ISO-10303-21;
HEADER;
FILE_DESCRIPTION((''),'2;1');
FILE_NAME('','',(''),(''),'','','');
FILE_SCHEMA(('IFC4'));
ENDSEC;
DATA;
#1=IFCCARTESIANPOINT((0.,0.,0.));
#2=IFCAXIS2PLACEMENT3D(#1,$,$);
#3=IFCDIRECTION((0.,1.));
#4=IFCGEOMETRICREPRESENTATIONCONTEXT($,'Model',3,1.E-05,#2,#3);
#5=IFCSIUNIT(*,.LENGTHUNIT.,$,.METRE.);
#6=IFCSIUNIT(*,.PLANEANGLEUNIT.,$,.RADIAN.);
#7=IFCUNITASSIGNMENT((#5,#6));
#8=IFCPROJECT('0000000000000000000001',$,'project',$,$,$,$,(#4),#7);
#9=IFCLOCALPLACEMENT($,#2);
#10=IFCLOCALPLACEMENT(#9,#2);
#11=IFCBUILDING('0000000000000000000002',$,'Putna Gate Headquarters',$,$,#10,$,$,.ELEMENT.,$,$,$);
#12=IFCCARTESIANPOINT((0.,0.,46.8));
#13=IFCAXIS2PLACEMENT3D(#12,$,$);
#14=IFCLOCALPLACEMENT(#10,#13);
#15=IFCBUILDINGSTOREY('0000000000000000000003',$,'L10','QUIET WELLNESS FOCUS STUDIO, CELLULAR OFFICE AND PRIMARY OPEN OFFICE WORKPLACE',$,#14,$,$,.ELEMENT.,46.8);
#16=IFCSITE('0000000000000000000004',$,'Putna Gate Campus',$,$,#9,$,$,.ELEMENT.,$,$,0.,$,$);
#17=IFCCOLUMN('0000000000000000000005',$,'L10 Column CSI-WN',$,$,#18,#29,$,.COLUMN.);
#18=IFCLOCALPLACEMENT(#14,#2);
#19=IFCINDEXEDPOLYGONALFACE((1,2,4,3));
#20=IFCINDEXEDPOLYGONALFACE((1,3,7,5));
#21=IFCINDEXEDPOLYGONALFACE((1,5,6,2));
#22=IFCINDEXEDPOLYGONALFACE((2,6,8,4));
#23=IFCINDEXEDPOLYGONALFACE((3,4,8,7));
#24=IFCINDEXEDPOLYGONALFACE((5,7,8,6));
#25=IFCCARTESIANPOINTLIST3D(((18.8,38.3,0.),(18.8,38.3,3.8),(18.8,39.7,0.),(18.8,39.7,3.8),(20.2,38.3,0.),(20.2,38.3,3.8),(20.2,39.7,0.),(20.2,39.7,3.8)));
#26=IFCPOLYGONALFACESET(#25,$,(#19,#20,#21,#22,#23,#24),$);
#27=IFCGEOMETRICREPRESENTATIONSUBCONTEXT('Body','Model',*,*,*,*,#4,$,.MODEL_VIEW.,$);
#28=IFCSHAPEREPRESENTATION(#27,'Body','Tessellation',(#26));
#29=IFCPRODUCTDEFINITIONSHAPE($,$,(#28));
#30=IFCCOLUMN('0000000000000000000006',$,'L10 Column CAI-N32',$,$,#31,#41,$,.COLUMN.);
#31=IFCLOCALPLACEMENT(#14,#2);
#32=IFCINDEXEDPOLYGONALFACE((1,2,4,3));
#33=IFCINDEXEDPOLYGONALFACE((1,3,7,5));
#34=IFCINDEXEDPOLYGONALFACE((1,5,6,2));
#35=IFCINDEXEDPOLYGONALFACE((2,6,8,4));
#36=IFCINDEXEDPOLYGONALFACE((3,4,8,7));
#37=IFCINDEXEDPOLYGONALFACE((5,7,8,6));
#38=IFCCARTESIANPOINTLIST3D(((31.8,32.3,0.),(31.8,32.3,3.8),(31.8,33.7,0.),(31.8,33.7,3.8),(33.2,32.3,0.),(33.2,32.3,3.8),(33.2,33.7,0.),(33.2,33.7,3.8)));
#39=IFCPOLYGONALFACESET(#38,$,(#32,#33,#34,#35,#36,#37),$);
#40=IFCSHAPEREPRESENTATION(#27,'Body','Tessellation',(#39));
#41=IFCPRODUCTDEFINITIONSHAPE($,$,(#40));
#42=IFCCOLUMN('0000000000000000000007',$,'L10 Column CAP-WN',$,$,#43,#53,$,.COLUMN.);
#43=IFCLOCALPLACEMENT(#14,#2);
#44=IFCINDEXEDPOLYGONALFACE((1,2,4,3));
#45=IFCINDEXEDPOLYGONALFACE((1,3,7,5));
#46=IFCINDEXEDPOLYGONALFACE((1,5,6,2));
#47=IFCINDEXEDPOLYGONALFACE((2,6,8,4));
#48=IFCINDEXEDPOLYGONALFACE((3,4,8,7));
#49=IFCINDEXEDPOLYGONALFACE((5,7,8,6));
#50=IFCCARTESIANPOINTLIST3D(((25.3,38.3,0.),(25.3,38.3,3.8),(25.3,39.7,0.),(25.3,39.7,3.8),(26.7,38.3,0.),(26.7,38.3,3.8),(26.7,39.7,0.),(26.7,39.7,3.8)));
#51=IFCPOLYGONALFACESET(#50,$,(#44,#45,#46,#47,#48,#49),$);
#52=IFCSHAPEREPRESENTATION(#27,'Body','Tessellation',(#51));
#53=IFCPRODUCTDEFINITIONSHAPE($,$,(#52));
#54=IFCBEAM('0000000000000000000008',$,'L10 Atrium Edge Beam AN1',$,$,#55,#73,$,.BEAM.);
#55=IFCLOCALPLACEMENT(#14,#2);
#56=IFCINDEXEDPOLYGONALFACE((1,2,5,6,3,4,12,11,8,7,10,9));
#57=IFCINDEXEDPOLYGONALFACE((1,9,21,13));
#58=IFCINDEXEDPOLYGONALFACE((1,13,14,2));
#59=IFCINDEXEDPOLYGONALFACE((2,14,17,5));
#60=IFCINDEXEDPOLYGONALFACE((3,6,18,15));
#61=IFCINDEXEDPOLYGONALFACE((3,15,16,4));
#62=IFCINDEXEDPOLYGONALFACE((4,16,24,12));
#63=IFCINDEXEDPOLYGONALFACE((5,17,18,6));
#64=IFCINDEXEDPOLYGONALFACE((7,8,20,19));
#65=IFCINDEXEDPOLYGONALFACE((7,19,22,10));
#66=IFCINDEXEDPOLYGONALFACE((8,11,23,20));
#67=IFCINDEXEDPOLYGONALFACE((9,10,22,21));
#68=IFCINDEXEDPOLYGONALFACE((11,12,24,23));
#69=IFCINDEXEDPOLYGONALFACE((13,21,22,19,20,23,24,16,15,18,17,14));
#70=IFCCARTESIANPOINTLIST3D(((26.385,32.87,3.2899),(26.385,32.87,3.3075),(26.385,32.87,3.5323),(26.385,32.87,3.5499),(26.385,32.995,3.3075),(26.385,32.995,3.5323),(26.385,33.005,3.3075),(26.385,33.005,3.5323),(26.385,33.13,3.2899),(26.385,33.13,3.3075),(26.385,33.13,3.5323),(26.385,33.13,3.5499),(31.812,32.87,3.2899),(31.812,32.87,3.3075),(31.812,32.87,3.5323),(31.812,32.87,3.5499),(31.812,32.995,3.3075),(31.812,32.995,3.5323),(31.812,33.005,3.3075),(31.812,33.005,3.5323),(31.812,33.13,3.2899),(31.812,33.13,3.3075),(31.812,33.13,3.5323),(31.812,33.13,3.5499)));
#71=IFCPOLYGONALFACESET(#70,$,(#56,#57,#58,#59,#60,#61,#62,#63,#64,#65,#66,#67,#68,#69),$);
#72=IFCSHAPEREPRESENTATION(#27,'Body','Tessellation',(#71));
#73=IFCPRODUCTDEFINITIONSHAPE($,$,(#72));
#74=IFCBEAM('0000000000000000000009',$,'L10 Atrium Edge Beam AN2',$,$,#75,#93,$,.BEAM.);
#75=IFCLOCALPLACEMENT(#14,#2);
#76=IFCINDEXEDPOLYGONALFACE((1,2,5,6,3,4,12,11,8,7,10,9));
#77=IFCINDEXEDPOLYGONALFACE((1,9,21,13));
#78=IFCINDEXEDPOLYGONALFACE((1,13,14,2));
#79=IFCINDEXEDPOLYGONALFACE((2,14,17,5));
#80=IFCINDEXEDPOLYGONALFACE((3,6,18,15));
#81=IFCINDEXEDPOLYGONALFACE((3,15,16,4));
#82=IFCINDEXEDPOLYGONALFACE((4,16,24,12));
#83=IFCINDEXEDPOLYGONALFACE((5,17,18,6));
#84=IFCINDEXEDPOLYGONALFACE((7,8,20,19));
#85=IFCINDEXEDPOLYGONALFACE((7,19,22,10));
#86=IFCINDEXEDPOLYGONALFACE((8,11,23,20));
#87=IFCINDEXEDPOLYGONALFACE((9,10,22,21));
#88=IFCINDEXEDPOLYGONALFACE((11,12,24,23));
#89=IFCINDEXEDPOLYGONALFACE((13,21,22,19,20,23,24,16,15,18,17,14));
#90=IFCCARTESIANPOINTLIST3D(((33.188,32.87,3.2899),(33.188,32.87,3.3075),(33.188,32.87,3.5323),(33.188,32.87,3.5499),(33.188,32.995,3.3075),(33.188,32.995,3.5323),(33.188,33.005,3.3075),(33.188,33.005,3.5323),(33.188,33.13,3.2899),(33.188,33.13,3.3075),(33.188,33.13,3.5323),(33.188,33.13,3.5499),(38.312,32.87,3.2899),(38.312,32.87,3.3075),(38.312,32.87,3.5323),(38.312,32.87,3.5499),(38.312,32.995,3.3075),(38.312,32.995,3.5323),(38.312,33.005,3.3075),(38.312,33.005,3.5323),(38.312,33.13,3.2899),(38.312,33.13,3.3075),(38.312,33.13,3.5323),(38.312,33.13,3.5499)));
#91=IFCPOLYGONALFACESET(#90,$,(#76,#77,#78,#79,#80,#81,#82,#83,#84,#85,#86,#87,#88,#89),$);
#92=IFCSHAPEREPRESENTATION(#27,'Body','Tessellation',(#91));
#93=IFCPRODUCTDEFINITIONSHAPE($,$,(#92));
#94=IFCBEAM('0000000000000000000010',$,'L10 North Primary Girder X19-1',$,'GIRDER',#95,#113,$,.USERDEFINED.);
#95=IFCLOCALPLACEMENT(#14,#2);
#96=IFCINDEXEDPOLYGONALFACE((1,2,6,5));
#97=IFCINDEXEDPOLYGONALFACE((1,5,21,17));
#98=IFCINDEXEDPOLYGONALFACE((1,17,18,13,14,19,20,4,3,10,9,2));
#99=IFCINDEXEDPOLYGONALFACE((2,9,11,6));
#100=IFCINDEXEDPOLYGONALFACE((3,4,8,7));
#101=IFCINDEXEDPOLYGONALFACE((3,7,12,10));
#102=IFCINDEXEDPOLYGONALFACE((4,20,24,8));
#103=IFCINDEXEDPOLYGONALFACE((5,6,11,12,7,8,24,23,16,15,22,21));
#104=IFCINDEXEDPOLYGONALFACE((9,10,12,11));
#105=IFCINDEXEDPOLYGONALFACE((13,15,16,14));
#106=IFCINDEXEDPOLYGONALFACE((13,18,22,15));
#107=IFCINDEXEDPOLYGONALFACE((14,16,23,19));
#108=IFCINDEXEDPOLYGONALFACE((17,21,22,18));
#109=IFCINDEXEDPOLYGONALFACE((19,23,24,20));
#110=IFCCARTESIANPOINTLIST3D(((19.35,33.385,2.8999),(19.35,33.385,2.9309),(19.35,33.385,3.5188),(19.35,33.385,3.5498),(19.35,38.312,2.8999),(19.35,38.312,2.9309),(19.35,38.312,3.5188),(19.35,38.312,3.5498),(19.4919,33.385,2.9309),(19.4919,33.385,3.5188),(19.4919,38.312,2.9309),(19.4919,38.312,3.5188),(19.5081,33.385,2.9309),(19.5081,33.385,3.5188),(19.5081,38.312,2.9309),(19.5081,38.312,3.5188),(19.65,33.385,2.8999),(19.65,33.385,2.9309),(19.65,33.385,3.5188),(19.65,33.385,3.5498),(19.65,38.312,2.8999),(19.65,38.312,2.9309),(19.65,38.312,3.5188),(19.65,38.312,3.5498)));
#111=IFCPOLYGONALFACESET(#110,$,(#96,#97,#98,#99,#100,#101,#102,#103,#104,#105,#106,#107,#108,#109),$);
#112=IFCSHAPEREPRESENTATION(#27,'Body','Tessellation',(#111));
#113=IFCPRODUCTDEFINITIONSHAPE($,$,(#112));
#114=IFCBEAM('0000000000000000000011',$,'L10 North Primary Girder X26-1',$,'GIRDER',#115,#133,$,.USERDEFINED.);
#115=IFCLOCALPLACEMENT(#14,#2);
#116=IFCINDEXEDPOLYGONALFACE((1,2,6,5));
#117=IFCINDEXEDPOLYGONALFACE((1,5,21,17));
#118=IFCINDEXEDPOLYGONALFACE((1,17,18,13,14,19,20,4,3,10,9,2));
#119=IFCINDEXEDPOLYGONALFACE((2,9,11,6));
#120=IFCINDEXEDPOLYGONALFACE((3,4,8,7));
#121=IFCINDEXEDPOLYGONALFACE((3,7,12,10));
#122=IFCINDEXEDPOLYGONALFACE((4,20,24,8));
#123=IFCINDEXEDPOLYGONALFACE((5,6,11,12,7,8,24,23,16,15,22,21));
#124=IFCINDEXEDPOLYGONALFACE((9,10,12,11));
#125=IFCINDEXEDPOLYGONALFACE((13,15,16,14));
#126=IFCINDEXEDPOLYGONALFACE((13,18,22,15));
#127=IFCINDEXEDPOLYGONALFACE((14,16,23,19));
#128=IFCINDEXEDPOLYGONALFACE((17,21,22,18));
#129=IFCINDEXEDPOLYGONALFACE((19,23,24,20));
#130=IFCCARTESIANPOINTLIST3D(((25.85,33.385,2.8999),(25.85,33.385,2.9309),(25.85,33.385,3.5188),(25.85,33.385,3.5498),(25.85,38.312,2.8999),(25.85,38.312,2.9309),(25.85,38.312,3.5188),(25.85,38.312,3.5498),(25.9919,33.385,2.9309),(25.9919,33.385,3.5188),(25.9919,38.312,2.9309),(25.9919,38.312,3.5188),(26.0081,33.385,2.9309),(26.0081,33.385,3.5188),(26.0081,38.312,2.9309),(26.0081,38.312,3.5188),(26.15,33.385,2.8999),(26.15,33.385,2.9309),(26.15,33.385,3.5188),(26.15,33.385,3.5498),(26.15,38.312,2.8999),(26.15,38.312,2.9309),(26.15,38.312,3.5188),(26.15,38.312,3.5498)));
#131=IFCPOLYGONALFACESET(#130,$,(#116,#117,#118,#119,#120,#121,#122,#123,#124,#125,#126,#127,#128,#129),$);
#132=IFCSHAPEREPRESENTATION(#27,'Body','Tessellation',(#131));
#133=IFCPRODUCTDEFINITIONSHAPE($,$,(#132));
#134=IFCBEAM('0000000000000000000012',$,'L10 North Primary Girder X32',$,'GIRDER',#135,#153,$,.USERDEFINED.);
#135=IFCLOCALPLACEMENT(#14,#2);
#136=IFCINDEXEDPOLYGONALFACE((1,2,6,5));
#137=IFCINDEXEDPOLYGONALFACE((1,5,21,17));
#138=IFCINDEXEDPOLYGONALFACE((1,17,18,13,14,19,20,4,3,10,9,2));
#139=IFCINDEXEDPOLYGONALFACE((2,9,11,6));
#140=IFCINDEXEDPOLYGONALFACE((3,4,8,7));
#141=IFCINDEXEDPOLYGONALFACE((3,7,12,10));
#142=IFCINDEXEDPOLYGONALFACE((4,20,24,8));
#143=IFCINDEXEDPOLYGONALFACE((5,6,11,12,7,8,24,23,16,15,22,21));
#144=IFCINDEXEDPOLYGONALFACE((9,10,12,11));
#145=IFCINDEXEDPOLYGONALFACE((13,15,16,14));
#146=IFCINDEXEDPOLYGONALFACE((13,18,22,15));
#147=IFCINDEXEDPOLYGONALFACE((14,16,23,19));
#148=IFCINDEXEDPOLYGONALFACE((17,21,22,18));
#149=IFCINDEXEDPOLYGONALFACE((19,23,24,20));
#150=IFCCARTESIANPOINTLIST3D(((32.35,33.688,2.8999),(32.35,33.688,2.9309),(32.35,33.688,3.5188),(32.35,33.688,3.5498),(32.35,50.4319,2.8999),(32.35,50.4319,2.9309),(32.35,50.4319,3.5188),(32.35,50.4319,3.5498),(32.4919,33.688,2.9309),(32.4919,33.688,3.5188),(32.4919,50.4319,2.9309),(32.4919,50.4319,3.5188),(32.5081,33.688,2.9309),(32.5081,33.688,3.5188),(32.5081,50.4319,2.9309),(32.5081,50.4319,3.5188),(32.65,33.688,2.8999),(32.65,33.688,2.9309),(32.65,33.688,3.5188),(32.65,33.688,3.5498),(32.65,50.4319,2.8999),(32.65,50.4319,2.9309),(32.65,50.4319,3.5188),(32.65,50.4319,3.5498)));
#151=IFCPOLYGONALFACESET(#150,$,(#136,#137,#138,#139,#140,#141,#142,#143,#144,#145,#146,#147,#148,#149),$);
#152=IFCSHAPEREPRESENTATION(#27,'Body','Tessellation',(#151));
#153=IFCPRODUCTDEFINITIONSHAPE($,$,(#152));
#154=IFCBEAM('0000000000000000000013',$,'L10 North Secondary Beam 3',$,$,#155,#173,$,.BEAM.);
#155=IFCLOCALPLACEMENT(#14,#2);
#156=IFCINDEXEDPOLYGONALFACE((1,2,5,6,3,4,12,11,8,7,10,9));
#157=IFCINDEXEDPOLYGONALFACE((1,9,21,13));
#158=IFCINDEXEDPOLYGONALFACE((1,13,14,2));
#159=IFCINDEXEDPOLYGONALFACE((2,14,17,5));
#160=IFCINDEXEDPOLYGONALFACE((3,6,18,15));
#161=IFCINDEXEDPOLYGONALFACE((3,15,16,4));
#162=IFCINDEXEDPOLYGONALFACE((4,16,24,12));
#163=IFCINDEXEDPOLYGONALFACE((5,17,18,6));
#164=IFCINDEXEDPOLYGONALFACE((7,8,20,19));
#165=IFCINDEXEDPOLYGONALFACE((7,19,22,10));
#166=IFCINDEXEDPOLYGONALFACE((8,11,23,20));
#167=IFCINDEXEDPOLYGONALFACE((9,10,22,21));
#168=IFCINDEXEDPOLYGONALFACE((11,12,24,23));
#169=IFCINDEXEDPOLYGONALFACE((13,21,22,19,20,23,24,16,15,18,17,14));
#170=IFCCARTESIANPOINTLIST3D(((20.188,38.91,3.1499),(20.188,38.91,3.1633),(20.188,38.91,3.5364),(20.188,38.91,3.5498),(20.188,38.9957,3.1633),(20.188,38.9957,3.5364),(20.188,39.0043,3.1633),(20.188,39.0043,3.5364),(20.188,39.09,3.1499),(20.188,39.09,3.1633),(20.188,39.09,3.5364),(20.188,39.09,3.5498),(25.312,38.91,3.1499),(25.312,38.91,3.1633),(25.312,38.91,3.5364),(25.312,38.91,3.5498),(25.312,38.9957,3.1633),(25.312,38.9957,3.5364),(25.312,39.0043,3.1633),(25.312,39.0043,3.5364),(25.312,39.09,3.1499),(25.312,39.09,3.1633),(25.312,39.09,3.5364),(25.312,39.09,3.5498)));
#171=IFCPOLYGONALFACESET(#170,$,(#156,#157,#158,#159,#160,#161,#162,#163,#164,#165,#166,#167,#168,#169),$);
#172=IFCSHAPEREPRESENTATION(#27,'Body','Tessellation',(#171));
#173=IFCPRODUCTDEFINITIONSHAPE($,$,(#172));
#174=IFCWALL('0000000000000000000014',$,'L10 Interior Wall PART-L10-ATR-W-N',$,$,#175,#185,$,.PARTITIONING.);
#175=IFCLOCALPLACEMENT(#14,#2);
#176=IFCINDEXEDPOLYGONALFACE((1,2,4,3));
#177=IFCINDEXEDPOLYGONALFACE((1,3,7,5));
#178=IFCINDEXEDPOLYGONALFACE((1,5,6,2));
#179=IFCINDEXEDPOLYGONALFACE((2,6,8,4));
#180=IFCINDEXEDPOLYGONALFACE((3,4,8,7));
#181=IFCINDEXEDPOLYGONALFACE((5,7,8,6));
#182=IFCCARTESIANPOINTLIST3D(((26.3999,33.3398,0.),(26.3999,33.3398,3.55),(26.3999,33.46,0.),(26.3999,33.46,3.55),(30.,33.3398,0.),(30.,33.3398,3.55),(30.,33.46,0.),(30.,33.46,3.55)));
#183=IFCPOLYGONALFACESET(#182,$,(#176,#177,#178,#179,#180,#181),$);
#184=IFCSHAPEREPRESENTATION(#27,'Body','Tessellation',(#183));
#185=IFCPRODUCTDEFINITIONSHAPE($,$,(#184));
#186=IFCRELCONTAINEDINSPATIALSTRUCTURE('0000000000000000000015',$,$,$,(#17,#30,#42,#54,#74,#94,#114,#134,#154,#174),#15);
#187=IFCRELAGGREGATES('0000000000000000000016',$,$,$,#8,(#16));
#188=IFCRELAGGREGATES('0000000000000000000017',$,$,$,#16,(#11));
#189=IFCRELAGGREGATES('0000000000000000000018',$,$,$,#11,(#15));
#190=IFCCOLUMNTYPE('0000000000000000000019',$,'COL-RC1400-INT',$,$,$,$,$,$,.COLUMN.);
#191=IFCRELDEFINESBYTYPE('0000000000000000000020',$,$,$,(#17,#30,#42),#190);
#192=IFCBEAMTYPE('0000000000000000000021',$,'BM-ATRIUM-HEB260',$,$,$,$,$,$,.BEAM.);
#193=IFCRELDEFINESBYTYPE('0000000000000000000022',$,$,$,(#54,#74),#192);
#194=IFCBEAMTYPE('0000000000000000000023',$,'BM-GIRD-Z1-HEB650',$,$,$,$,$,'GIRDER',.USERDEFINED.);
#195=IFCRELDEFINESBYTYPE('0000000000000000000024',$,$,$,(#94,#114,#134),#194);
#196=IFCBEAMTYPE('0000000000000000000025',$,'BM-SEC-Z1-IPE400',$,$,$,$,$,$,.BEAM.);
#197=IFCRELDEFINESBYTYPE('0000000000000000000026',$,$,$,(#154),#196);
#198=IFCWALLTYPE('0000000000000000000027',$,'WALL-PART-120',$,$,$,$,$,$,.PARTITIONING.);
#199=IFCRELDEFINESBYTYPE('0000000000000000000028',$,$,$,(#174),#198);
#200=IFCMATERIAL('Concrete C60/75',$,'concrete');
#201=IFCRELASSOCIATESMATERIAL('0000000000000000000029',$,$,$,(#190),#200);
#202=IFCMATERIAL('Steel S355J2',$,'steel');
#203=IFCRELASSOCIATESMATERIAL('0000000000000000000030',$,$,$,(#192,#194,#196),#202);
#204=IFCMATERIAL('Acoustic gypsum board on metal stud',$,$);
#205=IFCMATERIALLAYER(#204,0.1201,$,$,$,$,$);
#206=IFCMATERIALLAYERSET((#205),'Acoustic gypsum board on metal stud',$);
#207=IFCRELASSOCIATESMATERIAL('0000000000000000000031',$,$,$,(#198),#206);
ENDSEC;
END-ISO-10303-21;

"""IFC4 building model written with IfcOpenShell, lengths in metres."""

from ifc_helpers import new_model, si_unit, direction, frame, frame_2d, origin, origin_2d, place, context, subcontext, project, spatial, rectangle, i_section, extrude, material, layer, layer_set, material_profile, profile_set, type_object, element, save


model = new_model("IFC4")

# Units and contexts
model_context = context("Model", 3, precision=1e-05, world=origin(), true_north=direction((0.0, 1.0)))
body_context = subcontext(model_context, "Body", "Model", "MODEL_VIEW")
ifc_project = project(units=[si_unit("LENGTHUNIT", "METRE"), si_unit("PLANEANGLEUNIT", "RADIAN")], contexts=[model_context])

# Site, building, storey
site_placement = place(None, origin())
site = spatial("IfcSite", under=ifc_project, at=site_placement, Name="Putna Gate Campus", CompositionType="ELEMENT", RefElevation=0.0)
building_placement = place(site_placement, origin())
building = spatial("IfcBuilding", under=site, at=building_placement, Name="Putna Gate Headquarters", CompositionType="ELEMENT")
storey_placement = place(building_placement, frame((0.0, 0.0, 46.8)))
storey = spatial("IfcBuildingStorey", under=building, at=storey_placement, Name="L10", Description="QUIET WELLNESS FOCUS STUDIO, CELLULAR OFFICE AND PRIMARY OPEN OFFICE WORKPLACE", CompositionType="ELEMENT", Elevation=46.8)

# Columns
ifc_material_1 = material(Name="Concrete C60/75", Category="concrete")
ifc_material_profile_1 = material_profile(ifc_material_1, rectangle(XDim=1.3999, YDim=1.3999, at=origin_2d()), Name="Concrete C60/75")
ifc_profile_set_1 = profile_set([ifc_material_profile_1], Name="Concrete C60/75")
column_type = type_object("IfcColumnType", Name="COL-RC1400-INT", PredefinedType="COLUMN", material=ifc_profile_set_1)
for number, where, z_axis, x_axis, name in (
    (1, (19.5, 39.0, 0.0), (0.0, 0.0, 1.0), (1.0, 0.0, 0.0), "L10 Column CSI-WN"),
    (2, (32.5, 33.0, 0.0), (0.0, 0.0, 1.0), (1.0, 0.0, 0.0), "L10 Column CAI-N32"),
    (3, (26.0, 39.0, 0.0), (0.0, 0.0, 1.0), (1.0, 0.0, 0.0), "L10 Column CAP-WN"),
):
    element("IfcColumn", number, at=place(storey_placement, frame(where, z_axis=z_axis, x_axis=x_axis)), inside=storey, type_object=column_type, Name=name, PredefinedType="COLUMN", context=body_context, shape_type="SweptSolid", body=[
        extrude(rectangle(XDim=1.3999, YDim=1.3999, at=origin_2d()), origin(), (0.0, 0.0, 1.0), 3.8),
    ])

# Beams
ifc_material_2 = material(Name="Steel S355J2", Category="steel")
ifc_material_profile_2 = material_profile(ifc_material_2, i_section(OverallWidth=0.26, OverallDepth=0.26, WebThickness=0.01, FlangeThickness=0.0176, at=origin_2d()), Name="Steel S355J2")
ifc_profile_set_2 = profile_set([ifc_material_profile_2], Name="Steel S355J2")
beam_type_1 = type_object("IfcBeamType", Name="BM-ATRIUM-HEB260", PredefinedType="BEAM", material=ifc_profile_set_2)
beam_1_placement = place(storey_placement, frame((26.385, 33.0, 3.4199), z_axis=(1.0, 0.0, 0.0), x_axis=(0.0, 1.0, 0.0)))
element("IfcBeam", 4, at=beam_1_placement, inside=storey, type_object=beam_type_1, Name="L10 Atrium Edge Beam AN1", PredefinedType="BEAM", context=body_context, shape_type="SweptSolid", body=[
    extrude(i_section(OverallWidth=0.26, OverallDepth=0.26, WebThickness=0.01, FlangeThickness=0.0176, at=origin_2d()), origin(), (0.0, 0.0, 1.0), 5.427),
])
beam_2_placement = place(storey_placement, frame((33.188, 33.0, 3.4199), z_axis=(1.0, 0.0, 0.0), x_axis=(0.0, 1.0, 0.0)))
element("IfcBeam", 5, at=beam_2_placement, inside=storey, type_object=beam_type_1, Name="L10 Atrium Edge Beam AN2", PredefinedType="BEAM", context=body_context, shape_type="SweptSolid", body=[
    extrude(i_section(OverallWidth=0.26, OverallDepth=0.26, WebThickness=0.01, FlangeThickness=0.0176, at=origin_2d()), origin(), (0.0, 0.0, 1.0), 5.124),
])
ifc_material_profile_3 = material_profile(ifc_material_2, i_section(OverallWidth=0.3, OverallDepth=0.6499, WebThickness=0.0161, FlangeThickness=0.031, at=origin_2d()), Name="Steel S355J2")
ifc_profile_set_3 = profile_set([ifc_material_profile_3], Name="Steel S355J2")
beam_type_2 = type_object("IfcBeamType", Name="BM-GIRD-Z1-HEB650", ElementType="GIRDER", PredefinedType="USERDEFINED", material=ifc_profile_set_3)
for number, where, z_axis, x_axis, name in (
    (6, (19.5, 33.385, 3.2249), (0.0, 1.0, 0.0), (-1.0, 0.0, 0.0), "L10 North Primary Girder X19-1"),
    (7, (26.0, 33.385, 3.2249), (0.0, 1.0, 0.0), (-1.0, 0.0, 0.0), "L10 North Primary Girder X26-1"),
):
    element("IfcBeam", number, at=place(storey_placement, frame(where, z_axis=z_axis, x_axis=x_axis)), inside=storey, type_object=beam_type_2, Name=name, ObjectType="GIRDER", PredefinedType="USERDEFINED", context=body_context, shape_type="SweptSolid", body=[
        extrude(i_section(OverallWidth=0.3, OverallDepth=0.6499, WebThickness=0.0161, FlangeThickness=0.031, at=origin_2d()), origin(), (0.0, 0.0, 1.0), 4.927),
    ])
beam_3_placement = place(storey_placement, frame((32.5, 33.688, 3.2249), z_axis=(0.0, 1.0, 0.0), x_axis=(-1.0, 0.0, 0.0)))
element("IfcBeam", 8, at=beam_3_placement, inside=storey, type_object=beam_type_2, Name="L10 North Primary Girder X32", ObjectType="GIRDER", PredefinedType="USERDEFINED", context=body_context, shape_type="SweptSolid", body=[
    extrude(i_section(OverallWidth=0.3, OverallDepth=0.6499, WebThickness=0.0161, FlangeThickness=0.031, at=origin_2d()), origin(), (0.0, 0.0, 1.0), 16.7439),
])
ifc_material_profile_4 = material_profile(ifc_material_2, i_section(OverallWidth=0.1799, OverallDepth=0.3999, WebThickness=0.0085, FlangeThickness=0.0134, at=origin_2d()), Name="Steel S355J2")
ifc_profile_set_4 = profile_set([ifc_material_profile_4], Name="Steel S355J2")
beam_type_3 = type_object("IfcBeamType", Name="BM-SEC-Z1-IPE400", PredefinedType="BEAM", material=ifc_profile_set_4)
beam_4_placement = place(storey_placement, frame((20.188, 39.0, 3.3499), z_axis=(1.0, 0.0, 0.0), x_axis=(0.0, 1.0, 0.0)))
element("IfcBeam", 9, at=beam_4_placement, inside=storey, type_object=beam_type_3, Name="L10 North Secondary Beam 3", PredefinedType="BEAM", context=body_context, shape_type="SweptSolid", body=[
    extrude(i_section(OverallWidth=0.1799, OverallDepth=0.3999, WebThickness=0.0085, FlangeThickness=0.0134, at=origin_2d()), origin(), (0.0, 0.0, 1.0), 5.124),
])

# Wall
ifc_material_3 = material(Name="Acoustic gypsum board on metal stud")
ifc_layer_1 = layer(ifc_material_3, 0.1201)
ifc_layer_set_1 = layer_set([ifc_layer_1], Name="Acoustic gypsum board on metal stud")
wall_type_1 = type_object("IfcWallType", Name="WALL-PART-120", PredefinedType="PARTITIONING", material=ifc_layer_set_1)
wall_1_placement = place(storey_placement, frame((26.3999, 33.3999, 0.0), z_axis=(0.0, 0.0, 1.0), x_axis=(1.0, 0.0, 0.0)))
element("IfcWall", 10, at=wall_1_placement, inside=storey, type_object=wall_type_1, Name="L10 Interior Wall PART-L10-ATR-W-N", PredefinedType="PARTITIONING", context=body_context, shape_type="SweptSolid", body=[
    extrude(rectangle(XDim=3.6001, YDim=0.1201, at=frame_2d((1.8, 0.0))), origin(), (0.0, 0.0, 1.0), 3.55),
])

save(model, "model.ifc")
